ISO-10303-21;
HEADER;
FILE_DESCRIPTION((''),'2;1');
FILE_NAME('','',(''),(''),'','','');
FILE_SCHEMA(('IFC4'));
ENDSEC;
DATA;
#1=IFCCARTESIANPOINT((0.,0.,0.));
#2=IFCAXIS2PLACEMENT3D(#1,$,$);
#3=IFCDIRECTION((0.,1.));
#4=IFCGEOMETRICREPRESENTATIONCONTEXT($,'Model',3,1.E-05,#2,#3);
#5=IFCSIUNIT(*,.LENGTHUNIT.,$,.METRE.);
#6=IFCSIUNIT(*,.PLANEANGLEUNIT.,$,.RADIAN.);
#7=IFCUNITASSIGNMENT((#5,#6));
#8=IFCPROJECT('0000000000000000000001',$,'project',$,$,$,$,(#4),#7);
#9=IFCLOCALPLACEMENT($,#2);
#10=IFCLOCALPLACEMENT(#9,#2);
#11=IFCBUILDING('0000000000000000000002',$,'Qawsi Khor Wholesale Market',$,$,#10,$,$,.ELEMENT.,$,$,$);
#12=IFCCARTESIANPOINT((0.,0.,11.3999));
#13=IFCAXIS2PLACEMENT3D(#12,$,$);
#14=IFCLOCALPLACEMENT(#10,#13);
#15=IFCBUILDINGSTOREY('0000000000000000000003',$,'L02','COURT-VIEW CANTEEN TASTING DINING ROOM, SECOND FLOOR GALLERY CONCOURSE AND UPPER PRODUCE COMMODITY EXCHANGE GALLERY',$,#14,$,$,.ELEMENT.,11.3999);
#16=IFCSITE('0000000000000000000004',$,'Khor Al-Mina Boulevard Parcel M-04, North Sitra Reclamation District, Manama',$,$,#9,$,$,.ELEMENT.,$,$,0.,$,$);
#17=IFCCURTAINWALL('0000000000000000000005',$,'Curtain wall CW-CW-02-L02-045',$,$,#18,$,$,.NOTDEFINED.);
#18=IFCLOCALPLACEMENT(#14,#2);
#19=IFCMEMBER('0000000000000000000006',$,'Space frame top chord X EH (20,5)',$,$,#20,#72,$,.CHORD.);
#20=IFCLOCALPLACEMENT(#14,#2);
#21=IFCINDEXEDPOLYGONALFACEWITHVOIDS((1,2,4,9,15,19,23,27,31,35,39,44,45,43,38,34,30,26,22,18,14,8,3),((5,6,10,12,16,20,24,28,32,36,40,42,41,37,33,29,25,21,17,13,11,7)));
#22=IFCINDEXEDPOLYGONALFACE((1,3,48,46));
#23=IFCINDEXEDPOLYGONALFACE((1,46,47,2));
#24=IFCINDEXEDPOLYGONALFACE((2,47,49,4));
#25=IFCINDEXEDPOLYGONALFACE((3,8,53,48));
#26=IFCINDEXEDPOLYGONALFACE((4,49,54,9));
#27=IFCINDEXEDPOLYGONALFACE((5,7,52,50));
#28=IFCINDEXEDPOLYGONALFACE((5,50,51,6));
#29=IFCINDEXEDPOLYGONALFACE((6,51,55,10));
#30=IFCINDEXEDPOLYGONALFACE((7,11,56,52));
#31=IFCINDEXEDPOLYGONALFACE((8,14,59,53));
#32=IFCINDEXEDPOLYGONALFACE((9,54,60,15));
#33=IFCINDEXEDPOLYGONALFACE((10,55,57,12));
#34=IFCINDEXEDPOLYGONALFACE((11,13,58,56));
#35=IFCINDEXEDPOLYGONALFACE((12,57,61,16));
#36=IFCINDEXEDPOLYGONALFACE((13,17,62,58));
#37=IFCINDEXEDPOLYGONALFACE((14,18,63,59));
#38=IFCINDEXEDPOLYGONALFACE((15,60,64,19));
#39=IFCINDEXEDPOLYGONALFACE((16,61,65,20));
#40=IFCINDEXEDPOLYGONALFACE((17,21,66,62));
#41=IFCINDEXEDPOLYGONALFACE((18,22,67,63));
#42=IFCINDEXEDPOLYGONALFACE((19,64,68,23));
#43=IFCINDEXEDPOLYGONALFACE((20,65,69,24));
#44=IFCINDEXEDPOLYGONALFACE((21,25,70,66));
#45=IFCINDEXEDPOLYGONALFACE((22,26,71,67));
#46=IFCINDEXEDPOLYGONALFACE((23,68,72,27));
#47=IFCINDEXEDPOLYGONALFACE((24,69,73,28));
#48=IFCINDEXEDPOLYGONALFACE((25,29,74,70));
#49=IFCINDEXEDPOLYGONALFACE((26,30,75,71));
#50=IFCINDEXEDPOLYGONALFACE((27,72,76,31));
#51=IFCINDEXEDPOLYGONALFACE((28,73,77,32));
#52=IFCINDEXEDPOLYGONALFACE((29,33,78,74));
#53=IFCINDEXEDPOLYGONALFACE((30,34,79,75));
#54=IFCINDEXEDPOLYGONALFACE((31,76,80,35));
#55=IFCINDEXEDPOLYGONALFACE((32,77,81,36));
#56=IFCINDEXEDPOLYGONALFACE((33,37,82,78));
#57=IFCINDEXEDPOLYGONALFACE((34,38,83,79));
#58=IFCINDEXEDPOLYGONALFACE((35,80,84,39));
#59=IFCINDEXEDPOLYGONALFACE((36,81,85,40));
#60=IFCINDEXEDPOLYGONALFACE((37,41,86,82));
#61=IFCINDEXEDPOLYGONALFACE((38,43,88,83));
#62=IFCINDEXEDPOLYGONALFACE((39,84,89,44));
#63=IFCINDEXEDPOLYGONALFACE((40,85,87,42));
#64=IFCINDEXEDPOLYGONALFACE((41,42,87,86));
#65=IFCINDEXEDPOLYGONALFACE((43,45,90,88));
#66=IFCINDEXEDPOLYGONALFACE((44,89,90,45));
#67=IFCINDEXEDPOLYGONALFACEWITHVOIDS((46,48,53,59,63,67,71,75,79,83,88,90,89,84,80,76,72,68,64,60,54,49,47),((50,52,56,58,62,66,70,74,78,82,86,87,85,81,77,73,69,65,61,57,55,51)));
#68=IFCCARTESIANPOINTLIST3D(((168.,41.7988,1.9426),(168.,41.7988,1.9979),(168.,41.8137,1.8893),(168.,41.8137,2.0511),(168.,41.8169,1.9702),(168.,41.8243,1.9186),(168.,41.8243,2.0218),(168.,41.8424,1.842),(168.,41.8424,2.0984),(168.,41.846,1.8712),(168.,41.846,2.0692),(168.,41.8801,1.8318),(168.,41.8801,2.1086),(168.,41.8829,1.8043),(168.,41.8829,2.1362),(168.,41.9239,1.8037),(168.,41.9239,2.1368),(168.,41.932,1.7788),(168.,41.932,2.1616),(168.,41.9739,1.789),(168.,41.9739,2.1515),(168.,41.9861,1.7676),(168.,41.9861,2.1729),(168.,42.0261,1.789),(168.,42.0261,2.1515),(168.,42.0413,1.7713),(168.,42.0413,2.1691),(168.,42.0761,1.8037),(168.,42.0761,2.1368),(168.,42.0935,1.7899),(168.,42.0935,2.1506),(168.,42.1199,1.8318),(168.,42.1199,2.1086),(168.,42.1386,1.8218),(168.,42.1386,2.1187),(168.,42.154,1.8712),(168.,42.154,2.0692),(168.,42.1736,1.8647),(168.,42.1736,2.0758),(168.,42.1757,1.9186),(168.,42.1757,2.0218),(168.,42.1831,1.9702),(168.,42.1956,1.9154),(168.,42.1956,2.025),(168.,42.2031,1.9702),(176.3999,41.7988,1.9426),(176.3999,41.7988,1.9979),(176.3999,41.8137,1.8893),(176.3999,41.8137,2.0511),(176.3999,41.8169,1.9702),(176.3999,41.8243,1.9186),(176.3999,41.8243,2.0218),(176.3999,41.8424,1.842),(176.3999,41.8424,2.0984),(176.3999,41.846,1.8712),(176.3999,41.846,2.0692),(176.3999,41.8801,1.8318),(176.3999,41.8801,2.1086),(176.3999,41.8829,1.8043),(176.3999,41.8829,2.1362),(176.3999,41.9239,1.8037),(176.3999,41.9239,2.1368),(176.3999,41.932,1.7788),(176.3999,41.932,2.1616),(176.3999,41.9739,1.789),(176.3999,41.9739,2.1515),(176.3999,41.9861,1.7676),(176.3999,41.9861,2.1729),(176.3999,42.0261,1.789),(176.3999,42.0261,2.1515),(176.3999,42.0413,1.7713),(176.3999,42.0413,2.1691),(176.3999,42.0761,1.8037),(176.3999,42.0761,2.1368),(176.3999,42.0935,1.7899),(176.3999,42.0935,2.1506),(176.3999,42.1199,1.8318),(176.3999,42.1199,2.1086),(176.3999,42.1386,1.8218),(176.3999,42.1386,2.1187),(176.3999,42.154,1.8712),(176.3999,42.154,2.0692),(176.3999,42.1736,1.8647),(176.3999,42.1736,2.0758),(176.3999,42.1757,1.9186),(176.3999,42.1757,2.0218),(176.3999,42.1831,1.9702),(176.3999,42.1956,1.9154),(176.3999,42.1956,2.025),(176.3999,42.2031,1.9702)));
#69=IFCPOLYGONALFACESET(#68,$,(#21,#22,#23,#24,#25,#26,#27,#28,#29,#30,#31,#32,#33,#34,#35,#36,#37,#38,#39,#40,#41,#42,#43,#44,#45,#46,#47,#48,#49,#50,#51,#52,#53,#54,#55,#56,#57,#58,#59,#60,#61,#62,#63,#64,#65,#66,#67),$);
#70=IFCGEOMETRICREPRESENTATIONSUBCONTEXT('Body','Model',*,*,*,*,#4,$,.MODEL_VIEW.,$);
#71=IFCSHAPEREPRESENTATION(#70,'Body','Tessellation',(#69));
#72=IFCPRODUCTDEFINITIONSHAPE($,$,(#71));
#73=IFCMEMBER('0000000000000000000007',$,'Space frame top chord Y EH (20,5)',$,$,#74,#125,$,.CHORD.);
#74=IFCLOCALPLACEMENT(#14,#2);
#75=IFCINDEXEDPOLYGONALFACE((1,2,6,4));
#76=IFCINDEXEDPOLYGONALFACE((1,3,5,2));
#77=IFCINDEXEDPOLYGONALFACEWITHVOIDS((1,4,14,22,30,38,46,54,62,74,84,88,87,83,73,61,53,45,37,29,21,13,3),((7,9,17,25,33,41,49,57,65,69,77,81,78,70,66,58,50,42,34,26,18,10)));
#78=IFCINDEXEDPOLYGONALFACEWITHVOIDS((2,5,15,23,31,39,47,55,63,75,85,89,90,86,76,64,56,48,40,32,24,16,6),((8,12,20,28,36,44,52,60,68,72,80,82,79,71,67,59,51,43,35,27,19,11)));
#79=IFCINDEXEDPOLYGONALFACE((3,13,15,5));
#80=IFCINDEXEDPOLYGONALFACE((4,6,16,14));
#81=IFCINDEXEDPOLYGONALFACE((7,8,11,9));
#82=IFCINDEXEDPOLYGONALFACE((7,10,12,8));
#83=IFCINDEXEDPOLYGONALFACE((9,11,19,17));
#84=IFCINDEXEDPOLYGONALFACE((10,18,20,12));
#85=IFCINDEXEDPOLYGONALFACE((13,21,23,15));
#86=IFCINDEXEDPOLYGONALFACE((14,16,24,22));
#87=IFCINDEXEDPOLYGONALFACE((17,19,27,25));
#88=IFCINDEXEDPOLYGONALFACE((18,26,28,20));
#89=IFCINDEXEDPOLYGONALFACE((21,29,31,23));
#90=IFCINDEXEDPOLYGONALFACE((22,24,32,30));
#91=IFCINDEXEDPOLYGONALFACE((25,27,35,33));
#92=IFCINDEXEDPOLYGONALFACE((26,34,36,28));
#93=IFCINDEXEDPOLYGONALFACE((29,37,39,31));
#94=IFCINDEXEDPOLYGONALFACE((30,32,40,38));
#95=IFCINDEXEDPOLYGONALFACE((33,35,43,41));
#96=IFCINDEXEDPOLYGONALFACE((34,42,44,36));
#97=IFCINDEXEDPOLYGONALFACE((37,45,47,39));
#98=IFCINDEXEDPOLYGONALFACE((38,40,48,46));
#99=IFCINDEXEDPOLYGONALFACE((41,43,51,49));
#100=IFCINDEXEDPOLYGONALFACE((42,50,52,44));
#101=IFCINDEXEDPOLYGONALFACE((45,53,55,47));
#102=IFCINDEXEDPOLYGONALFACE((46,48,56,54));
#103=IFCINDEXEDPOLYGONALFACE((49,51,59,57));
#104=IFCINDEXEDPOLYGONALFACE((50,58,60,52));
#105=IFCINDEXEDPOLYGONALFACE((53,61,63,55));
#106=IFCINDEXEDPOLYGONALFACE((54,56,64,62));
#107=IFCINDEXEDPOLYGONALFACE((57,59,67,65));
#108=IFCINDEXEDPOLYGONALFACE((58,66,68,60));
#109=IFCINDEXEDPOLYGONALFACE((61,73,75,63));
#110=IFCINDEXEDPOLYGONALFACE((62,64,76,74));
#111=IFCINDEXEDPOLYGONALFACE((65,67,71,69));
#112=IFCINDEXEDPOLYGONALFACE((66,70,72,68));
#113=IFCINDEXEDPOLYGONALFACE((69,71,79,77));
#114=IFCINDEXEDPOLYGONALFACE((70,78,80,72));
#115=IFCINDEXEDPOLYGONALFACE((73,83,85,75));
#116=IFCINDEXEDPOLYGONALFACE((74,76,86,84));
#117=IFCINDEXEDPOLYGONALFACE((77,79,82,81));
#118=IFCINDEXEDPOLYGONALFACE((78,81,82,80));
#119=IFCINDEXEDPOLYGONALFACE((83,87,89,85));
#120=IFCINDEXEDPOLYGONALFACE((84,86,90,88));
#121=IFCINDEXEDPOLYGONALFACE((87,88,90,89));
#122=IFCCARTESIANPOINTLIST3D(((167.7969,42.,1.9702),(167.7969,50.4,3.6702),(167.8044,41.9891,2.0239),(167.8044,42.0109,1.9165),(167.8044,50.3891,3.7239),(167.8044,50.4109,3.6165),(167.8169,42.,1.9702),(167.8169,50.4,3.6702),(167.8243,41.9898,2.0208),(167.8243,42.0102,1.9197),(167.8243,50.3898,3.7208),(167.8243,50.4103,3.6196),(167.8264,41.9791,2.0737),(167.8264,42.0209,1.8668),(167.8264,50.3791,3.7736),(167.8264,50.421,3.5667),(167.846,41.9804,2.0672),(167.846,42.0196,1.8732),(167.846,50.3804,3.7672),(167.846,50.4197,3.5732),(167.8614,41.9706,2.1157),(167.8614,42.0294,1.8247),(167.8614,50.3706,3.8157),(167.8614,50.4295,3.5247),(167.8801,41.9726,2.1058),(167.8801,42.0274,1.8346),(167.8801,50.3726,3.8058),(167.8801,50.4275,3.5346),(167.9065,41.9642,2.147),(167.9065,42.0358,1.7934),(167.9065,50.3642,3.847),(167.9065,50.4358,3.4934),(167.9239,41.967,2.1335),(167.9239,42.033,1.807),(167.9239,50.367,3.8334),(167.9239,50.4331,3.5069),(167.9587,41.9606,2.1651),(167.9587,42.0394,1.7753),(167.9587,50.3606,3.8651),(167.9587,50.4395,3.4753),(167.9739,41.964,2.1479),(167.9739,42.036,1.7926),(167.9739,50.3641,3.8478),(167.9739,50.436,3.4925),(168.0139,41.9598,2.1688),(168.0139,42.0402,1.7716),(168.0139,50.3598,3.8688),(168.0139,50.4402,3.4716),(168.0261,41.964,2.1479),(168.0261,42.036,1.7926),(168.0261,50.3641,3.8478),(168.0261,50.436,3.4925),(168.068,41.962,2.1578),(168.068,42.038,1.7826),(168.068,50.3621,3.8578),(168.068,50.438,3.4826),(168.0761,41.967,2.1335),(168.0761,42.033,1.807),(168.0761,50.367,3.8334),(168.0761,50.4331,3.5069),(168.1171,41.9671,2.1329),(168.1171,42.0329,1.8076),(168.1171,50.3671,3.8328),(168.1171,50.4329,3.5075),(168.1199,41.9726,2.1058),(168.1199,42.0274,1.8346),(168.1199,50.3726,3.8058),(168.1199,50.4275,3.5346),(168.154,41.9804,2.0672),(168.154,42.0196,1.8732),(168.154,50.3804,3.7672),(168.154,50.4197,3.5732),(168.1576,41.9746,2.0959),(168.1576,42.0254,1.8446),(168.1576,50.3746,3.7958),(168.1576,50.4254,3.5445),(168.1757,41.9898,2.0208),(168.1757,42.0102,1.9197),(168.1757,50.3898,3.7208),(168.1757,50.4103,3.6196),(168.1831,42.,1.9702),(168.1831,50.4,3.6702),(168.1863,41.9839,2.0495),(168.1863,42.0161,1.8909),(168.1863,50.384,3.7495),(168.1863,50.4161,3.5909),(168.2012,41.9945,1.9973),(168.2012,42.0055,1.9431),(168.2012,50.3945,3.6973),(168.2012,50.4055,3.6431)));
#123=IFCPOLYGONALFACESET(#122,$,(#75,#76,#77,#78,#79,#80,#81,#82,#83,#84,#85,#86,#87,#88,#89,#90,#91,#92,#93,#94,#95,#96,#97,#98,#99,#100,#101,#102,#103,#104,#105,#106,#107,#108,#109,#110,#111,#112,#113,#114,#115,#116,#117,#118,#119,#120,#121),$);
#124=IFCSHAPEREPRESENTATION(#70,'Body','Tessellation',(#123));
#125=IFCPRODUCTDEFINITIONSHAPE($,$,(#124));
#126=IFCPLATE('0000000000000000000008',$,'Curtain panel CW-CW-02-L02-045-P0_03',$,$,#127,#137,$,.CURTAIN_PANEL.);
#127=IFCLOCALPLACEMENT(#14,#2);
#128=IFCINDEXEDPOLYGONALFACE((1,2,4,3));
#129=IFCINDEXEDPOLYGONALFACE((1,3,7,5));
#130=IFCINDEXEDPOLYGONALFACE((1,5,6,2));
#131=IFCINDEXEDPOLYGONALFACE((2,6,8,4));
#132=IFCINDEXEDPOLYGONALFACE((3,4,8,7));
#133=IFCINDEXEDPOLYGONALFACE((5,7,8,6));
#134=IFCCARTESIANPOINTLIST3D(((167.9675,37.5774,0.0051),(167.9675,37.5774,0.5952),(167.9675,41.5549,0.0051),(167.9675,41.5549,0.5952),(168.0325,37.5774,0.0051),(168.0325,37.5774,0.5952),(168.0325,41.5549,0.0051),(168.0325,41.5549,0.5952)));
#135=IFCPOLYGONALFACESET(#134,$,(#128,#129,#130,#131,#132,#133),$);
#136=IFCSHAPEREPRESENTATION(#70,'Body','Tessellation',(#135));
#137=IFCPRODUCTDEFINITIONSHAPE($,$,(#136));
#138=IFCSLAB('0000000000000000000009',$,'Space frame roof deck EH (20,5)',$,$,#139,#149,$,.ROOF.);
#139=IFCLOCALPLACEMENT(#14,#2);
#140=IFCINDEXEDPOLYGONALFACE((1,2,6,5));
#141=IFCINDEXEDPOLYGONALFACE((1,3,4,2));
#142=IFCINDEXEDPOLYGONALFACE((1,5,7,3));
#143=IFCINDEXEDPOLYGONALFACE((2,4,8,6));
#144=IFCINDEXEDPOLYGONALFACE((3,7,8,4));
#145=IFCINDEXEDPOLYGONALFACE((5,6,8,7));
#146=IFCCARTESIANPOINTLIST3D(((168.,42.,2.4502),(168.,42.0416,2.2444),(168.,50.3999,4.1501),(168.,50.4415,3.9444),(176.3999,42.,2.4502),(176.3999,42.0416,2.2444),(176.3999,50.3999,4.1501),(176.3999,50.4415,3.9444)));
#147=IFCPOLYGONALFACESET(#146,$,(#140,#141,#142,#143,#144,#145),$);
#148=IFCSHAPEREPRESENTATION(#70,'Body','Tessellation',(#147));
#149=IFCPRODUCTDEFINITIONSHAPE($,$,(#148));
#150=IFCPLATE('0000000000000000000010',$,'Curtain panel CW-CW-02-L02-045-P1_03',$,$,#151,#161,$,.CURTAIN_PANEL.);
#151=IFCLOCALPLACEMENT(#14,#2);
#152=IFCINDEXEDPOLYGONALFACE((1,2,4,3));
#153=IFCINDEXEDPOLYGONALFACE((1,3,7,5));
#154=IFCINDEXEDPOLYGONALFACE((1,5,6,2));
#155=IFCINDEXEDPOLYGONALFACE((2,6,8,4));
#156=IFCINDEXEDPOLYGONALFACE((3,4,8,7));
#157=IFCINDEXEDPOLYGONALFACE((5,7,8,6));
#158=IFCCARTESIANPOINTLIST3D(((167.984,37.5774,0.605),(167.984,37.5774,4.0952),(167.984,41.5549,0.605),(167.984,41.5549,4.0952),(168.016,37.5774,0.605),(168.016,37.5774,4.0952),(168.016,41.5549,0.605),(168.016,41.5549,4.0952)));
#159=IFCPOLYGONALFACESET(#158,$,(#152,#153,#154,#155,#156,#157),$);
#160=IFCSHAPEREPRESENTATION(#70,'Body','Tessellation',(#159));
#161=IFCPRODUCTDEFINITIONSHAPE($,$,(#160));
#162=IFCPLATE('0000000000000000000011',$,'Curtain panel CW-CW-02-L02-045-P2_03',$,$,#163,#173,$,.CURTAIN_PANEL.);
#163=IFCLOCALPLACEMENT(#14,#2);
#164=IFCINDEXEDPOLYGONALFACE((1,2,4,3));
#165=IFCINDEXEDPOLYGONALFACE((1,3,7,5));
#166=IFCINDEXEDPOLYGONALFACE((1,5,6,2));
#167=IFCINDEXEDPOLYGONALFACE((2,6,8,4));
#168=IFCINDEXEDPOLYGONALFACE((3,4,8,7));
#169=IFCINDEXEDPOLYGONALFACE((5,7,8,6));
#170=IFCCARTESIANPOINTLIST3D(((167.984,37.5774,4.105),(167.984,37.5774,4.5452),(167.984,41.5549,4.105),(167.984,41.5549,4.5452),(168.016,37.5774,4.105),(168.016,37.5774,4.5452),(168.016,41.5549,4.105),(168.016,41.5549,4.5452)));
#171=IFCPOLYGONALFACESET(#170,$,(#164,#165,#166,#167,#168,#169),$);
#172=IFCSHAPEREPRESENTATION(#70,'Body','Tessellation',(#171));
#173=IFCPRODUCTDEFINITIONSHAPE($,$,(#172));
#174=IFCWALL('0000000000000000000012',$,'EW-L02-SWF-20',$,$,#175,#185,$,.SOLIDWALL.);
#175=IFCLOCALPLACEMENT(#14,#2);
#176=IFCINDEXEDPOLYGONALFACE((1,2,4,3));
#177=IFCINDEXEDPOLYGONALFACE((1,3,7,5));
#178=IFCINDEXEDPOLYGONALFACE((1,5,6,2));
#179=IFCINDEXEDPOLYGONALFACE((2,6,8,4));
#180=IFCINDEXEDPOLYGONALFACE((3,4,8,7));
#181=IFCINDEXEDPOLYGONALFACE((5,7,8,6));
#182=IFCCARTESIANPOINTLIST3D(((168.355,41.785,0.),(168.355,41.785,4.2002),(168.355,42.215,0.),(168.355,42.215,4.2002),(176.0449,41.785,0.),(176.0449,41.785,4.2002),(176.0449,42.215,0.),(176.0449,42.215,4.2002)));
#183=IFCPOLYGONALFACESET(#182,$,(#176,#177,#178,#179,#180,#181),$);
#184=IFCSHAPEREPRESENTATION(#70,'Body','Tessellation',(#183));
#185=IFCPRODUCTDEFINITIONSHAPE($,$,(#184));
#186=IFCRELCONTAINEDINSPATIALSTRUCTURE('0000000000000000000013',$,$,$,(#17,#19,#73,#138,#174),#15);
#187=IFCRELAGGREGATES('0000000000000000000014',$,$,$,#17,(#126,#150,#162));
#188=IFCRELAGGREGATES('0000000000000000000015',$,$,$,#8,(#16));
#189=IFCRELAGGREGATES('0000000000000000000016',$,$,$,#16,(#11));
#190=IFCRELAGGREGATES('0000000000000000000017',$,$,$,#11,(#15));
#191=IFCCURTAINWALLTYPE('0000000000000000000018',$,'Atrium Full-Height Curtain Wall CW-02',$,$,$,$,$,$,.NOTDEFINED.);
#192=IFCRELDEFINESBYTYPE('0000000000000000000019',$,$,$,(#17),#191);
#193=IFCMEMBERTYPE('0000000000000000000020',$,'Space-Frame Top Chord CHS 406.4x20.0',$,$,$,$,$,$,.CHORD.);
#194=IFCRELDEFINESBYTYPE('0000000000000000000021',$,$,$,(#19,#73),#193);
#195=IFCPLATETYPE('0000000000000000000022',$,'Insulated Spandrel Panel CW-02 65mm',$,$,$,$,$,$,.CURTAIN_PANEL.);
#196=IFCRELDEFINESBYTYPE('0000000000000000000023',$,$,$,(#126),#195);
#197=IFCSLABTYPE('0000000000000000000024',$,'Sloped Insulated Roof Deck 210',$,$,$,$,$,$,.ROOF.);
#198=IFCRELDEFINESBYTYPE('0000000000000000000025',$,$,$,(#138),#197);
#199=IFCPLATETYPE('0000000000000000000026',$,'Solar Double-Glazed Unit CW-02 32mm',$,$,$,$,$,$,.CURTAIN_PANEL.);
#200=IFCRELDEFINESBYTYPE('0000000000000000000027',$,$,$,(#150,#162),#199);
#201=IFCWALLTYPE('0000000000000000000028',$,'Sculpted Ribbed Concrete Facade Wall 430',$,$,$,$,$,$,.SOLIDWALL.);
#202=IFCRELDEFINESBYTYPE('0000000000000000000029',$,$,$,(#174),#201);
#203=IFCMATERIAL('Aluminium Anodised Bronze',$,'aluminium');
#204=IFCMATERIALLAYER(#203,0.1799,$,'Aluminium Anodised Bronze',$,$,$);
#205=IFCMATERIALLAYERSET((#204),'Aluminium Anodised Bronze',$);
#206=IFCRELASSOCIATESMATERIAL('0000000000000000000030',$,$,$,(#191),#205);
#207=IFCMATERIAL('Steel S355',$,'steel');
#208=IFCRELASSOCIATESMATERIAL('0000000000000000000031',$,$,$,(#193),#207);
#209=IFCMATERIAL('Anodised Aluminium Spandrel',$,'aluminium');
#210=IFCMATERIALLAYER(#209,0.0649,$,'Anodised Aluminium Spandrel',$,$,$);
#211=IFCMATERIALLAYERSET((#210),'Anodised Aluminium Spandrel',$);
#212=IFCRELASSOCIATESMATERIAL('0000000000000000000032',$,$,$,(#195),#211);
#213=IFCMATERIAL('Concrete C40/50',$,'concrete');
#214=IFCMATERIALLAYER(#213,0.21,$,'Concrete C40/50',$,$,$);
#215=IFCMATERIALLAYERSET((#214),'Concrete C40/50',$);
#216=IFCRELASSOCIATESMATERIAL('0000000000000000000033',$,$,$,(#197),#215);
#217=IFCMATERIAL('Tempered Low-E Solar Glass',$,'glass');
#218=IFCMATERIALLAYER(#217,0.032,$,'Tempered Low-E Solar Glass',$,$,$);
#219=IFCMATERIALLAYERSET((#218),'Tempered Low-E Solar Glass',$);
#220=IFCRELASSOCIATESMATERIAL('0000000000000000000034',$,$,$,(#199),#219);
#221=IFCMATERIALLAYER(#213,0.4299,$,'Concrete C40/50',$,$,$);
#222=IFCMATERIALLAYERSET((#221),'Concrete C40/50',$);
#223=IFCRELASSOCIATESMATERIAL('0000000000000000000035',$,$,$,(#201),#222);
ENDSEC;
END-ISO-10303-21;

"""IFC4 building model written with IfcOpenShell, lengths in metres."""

from ifc_helpers import new_model, si_unit, direction, frame, frame_2d, origin, origin_2d, place, context, subcontext, project, spatial, polyline, rectangle, hollow_circle, outline, extrude, material, layer, layer_set, material_profile, profile_set, type_object, element, aggregate, save


model = new_model("IFC4")

# Units and contexts
model_context = context("Model", 3, precision=1e-05, world=origin(), true_north=direction((0.0, 1.0)))
body_context = subcontext(model_context, "Body", "Model", "MODEL_VIEW")
ifc_project = project(units=[si_unit("LENGTHUNIT", "METRE"), si_unit("PLANEANGLEUNIT", "RADIAN")], contexts=[model_context])

# Site, building, storey
site_placement = place(None, origin())
site = spatial("IfcSite", under=ifc_project, at=site_placement, Name="Khor Al-Mina Boulevard Parcel M-04, North Sitra Reclamation District, Manama", CompositionType="ELEMENT", RefElevation=0.0)
building_placement = place(site_placement, origin())
building = spatial("IfcBuilding", under=site, at=building_placement, Name="Qawsi Khor Wholesale Market", CompositionType="ELEMENT")
storey_placement = place(building_placement, frame((0.0, 0.0, 11.3999)))
storey = spatial("IfcBuildingStorey", under=building, at=storey_placement, Name="L02", Description="COURT-VIEW CANTEEN TASTING DINING ROOM, SECOND FLOOR GALLERY CONCOURSE AND UPPER PRODUCE COMMODITY EXCHANGE GALLERY", CompositionType="ELEMENT", Elevation=11.3999)

# Shared definitions
ifc_material_1 = material(Name="Concrete C40/50", Category="concrete")

# Curtain wall
ifc_material_2 = material(Name="Aluminium Anodised Bronze", Category="aluminium")
ifc_layer_1 = layer(ifc_material_2, 0.1799, Name="Aluminium Anodised Bronze")
ifc_layer_set_1 = layer_set([ifc_layer_1], Name="Aluminium Anodised Bronze")
curtain_wall_type = type_object("IfcCurtainWallType", Name="Atrium Full-Height Curtain Wall CW-02", PredefinedType="NOTDEFINED", material=ifc_layer_set_1)
curtain_wall_placement = place(storey_placement, origin())
curtain_wall = element("IfcCurtainWall", 1, at=curtain_wall_placement, inside=storey, type_object=curtain_wall_type, Name="Curtain wall CW-CW-02-L02-045", PredefinedType="NOTDEFINED")

# Members
ifc_material_3 = material(Name="Steel S355", Category="steel")
ifc_material_profile_1 = material_profile(ifc_material_3, hollow_circle(Radius=0.2031, WallThickness=0.02, at=origin_2d()), Name="CHS 406.4x20.0")
ifc_profile_set_1 = profile_set([ifc_material_profile_1], Name="Steel S355")
member_type_1 = type_object("IfcMemberType", Name="Space-Frame Top Chord CHS 406.4x20.0", PredefinedType="CHORD", material=ifc_profile_set_1)
member_1_placement = place(storey_placement, frame((168.0, 42.0, 1.9702), z_axis=(1.0, 0.0, 0.0), x_axis=(0.0, 1.0, 0.0)))
element("IfcMember", 2, at=member_1_placement, inside=storey, type_object=member_type_1, Name="Space frame top chord X EH (20,5)", PredefinedType="CHORD", context=body_context, shape_type="SweptSolid", body=[
    extrude(hollow_circle(Radius=0.2031, WallThickness=0.02, at=origin_2d()), origin(), (0.0, 0.0, 1.0), 8.3999),
])
member_2_placement = place(storey_placement, frame((168.0, 42.0, 1.9702), z_axis=(0.0, 0.98013, 0.198356), x_axis=(-1.0, 0.0, 0.0)))
element("IfcMember", 3, at=member_2_placement, inside=storey, type_object=member_type_1, Name="Space frame top chord Y EH (20,5)", PredefinedType="CHORD", context=body_context, shape_type="SweptSolid", body=[
    extrude(hollow_circle(Radius=0.2031, WallThickness=0.02, at=origin_2d()), origin(), (0.0, 0.0, 1.0), 8.5703),
])

# Plate
ifc_material_4 = material(Name="Anodised Aluminium Spandrel", Category="aluminium")
ifc_layer_2 = layer(ifc_material_4, 0.0649, Name="Anodised Aluminium Spandrel")
ifc_layer_set_2 = layer_set([ifc_layer_2], Name="Anodised Aluminium Spandrel")
plate_type_1 = type_object("IfcPlateType", Name="Insulated Spandrel Panel CW-02 65mm", PredefinedType="CURTAIN_PANEL", material=ifc_layer_set_2)
plate_1_placement = place(storey_placement, frame((168.0, 37.5774, 0.0051), z_axis=(0.0, 0.0, 1.0), x_axis=(0.0, 1.0, 0.0)))
plate_1 = element("IfcPlate", 4, at=plate_1_placement, type_object=plate_type_1, Name="Curtain panel CW-CW-02-L02-045-P0_03", PredefinedType="CURTAIN_PANEL", context=body_context, shape_type="SweptSolid", body=[
    extrude(rectangle(XDim=3.9775, YDim=0.0649, at=frame_2d((1.9888, 0.0))), origin(), (0.0, 0.0, 1.0), 0.5901),
])

# Slab
ifc_layer_3 = layer(ifc_material_1, 0.21, Name="Concrete C40/50")
ifc_layer_set_3 = layer_set([ifc_layer_3], Name="Concrete C40/50")
slab_type = type_object("IfcSlabType", Name="Sloped Insulated Roof Deck 210", PredefinedType="ROOF", material=ifc_layer_set_3)
slab_placement = place(storey_placement, frame((168.0, 42.0, 2.4502), z_axis=(0.0, -0.198356, 0.98013), x_axis=(1.0, 0.0, 0.0)))
element("IfcSlab", 5, at=slab_placement, inside=storey, type_object=slab_type, Name="Space frame roof deck EH (20,5)", PredefinedType="ROOF", context=body_context, shape_type="SweptSolid", body=[
    extrude(outline(polyline([(0.0, 0.0), (8.3999, 0.0), (8.3999, 8.5702), (0.0, 8.5702), (0.0, 0.0)])), origin(), (0.0, 0.0, -1.0), 0.21),
])

# Plates
ifc_material_5 = material(Name="Tempered Low-E Solar Glass", Category="glass")
ifc_layer_4 = layer(ifc_material_5, 0.032, Name="Tempered Low-E Solar Glass")
ifc_layer_set_4 = layer_set([ifc_layer_4], Name="Tempered Low-E Solar Glass")
plate_type_2 = type_object("IfcPlateType", Name="Solar Double-Glazed Unit CW-02 32mm", PredefinedType="CURTAIN_PANEL", material=ifc_layer_set_4)
plate_2_placement = place(storey_placement, frame((168.0, 37.5774, 0.605), z_axis=(0.0, 0.0, 1.0), x_axis=(0.0, 1.0, 0.0)))
plate_2 = element("IfcPlate", 6, at=plate_2_placement, type_object=plate_type_2, Name="Curtain panel CW-CW-02-L02-045-P1_03", PredefinedType="CURTAIN_PANEL", context=body_context, shape_type="SweptSolid", body=[
    extrude(rectangle(XDim=3.9775, YDim=0.032, at=frame_2d((1.9888, 0.0))), origin(), (0.0, 0.0, 1.0), 3.4902),
])
plate_3_placement = place(storey_placement, frame((168.0, 37.5774, 4.105), z_axis=(0.0, 0.0, 1.0), x_axis=(0.0, 1.0, 0.0)))
plate_3 = element("IfcPlate", 7, at=plate_3_placement, type_object=plate_type_2, Name="Curtain panel CW-CW-02-L02-045-P2_03", PredefinedType="CURTAIN_PANEL", context=body_context, shape_type="SweptSolid", body=[
    extrude(rectangle(XDim=3.9775, YDim=0.032, at=frame_2d((1.9888, 0.0))), origin(), (0.0, 0.0, 1.0), 0.4402),
])
aggregate(curtain_wall, [plate_1, plate_2, plate_3])

# Wall
ifc_layer_5 = layer(ifc_material_1, 0.4299, Name="Concrete C40/50")
ifc_layer_set_5 = layer_set([ifc_layer_5], Name="Concrete C40/50")
wall_type = type_object("IfcWallType", Name="Sculpted Ribbed Concrete Facade Wall 430", PredefinedType="SOLIDWALL", material=ifc_layer_set_5)
wall_placement = place(storey_placement, frame((168.355, 42.0, 0.0), z_axis=(0.0, 0.0, 1.0), x_axis=(1.0, 0.0, 0.0)))
element("IfcWall", 8, at=wall_placement, inside=storey, type_object=wall_type, Name="EW-L02-SWF-20", PredefinedType="SOLIDWALL", context=body_context, shape_type="SweptSolid", body=[
    extrude(rectangle(XDim=7.6899, YDim=0.4299, at=frame_2d((3.845, 0.0))), origin(), (0.0, 0.0, 1.0), 4.2002),
])

save(model, "model.ifc")
